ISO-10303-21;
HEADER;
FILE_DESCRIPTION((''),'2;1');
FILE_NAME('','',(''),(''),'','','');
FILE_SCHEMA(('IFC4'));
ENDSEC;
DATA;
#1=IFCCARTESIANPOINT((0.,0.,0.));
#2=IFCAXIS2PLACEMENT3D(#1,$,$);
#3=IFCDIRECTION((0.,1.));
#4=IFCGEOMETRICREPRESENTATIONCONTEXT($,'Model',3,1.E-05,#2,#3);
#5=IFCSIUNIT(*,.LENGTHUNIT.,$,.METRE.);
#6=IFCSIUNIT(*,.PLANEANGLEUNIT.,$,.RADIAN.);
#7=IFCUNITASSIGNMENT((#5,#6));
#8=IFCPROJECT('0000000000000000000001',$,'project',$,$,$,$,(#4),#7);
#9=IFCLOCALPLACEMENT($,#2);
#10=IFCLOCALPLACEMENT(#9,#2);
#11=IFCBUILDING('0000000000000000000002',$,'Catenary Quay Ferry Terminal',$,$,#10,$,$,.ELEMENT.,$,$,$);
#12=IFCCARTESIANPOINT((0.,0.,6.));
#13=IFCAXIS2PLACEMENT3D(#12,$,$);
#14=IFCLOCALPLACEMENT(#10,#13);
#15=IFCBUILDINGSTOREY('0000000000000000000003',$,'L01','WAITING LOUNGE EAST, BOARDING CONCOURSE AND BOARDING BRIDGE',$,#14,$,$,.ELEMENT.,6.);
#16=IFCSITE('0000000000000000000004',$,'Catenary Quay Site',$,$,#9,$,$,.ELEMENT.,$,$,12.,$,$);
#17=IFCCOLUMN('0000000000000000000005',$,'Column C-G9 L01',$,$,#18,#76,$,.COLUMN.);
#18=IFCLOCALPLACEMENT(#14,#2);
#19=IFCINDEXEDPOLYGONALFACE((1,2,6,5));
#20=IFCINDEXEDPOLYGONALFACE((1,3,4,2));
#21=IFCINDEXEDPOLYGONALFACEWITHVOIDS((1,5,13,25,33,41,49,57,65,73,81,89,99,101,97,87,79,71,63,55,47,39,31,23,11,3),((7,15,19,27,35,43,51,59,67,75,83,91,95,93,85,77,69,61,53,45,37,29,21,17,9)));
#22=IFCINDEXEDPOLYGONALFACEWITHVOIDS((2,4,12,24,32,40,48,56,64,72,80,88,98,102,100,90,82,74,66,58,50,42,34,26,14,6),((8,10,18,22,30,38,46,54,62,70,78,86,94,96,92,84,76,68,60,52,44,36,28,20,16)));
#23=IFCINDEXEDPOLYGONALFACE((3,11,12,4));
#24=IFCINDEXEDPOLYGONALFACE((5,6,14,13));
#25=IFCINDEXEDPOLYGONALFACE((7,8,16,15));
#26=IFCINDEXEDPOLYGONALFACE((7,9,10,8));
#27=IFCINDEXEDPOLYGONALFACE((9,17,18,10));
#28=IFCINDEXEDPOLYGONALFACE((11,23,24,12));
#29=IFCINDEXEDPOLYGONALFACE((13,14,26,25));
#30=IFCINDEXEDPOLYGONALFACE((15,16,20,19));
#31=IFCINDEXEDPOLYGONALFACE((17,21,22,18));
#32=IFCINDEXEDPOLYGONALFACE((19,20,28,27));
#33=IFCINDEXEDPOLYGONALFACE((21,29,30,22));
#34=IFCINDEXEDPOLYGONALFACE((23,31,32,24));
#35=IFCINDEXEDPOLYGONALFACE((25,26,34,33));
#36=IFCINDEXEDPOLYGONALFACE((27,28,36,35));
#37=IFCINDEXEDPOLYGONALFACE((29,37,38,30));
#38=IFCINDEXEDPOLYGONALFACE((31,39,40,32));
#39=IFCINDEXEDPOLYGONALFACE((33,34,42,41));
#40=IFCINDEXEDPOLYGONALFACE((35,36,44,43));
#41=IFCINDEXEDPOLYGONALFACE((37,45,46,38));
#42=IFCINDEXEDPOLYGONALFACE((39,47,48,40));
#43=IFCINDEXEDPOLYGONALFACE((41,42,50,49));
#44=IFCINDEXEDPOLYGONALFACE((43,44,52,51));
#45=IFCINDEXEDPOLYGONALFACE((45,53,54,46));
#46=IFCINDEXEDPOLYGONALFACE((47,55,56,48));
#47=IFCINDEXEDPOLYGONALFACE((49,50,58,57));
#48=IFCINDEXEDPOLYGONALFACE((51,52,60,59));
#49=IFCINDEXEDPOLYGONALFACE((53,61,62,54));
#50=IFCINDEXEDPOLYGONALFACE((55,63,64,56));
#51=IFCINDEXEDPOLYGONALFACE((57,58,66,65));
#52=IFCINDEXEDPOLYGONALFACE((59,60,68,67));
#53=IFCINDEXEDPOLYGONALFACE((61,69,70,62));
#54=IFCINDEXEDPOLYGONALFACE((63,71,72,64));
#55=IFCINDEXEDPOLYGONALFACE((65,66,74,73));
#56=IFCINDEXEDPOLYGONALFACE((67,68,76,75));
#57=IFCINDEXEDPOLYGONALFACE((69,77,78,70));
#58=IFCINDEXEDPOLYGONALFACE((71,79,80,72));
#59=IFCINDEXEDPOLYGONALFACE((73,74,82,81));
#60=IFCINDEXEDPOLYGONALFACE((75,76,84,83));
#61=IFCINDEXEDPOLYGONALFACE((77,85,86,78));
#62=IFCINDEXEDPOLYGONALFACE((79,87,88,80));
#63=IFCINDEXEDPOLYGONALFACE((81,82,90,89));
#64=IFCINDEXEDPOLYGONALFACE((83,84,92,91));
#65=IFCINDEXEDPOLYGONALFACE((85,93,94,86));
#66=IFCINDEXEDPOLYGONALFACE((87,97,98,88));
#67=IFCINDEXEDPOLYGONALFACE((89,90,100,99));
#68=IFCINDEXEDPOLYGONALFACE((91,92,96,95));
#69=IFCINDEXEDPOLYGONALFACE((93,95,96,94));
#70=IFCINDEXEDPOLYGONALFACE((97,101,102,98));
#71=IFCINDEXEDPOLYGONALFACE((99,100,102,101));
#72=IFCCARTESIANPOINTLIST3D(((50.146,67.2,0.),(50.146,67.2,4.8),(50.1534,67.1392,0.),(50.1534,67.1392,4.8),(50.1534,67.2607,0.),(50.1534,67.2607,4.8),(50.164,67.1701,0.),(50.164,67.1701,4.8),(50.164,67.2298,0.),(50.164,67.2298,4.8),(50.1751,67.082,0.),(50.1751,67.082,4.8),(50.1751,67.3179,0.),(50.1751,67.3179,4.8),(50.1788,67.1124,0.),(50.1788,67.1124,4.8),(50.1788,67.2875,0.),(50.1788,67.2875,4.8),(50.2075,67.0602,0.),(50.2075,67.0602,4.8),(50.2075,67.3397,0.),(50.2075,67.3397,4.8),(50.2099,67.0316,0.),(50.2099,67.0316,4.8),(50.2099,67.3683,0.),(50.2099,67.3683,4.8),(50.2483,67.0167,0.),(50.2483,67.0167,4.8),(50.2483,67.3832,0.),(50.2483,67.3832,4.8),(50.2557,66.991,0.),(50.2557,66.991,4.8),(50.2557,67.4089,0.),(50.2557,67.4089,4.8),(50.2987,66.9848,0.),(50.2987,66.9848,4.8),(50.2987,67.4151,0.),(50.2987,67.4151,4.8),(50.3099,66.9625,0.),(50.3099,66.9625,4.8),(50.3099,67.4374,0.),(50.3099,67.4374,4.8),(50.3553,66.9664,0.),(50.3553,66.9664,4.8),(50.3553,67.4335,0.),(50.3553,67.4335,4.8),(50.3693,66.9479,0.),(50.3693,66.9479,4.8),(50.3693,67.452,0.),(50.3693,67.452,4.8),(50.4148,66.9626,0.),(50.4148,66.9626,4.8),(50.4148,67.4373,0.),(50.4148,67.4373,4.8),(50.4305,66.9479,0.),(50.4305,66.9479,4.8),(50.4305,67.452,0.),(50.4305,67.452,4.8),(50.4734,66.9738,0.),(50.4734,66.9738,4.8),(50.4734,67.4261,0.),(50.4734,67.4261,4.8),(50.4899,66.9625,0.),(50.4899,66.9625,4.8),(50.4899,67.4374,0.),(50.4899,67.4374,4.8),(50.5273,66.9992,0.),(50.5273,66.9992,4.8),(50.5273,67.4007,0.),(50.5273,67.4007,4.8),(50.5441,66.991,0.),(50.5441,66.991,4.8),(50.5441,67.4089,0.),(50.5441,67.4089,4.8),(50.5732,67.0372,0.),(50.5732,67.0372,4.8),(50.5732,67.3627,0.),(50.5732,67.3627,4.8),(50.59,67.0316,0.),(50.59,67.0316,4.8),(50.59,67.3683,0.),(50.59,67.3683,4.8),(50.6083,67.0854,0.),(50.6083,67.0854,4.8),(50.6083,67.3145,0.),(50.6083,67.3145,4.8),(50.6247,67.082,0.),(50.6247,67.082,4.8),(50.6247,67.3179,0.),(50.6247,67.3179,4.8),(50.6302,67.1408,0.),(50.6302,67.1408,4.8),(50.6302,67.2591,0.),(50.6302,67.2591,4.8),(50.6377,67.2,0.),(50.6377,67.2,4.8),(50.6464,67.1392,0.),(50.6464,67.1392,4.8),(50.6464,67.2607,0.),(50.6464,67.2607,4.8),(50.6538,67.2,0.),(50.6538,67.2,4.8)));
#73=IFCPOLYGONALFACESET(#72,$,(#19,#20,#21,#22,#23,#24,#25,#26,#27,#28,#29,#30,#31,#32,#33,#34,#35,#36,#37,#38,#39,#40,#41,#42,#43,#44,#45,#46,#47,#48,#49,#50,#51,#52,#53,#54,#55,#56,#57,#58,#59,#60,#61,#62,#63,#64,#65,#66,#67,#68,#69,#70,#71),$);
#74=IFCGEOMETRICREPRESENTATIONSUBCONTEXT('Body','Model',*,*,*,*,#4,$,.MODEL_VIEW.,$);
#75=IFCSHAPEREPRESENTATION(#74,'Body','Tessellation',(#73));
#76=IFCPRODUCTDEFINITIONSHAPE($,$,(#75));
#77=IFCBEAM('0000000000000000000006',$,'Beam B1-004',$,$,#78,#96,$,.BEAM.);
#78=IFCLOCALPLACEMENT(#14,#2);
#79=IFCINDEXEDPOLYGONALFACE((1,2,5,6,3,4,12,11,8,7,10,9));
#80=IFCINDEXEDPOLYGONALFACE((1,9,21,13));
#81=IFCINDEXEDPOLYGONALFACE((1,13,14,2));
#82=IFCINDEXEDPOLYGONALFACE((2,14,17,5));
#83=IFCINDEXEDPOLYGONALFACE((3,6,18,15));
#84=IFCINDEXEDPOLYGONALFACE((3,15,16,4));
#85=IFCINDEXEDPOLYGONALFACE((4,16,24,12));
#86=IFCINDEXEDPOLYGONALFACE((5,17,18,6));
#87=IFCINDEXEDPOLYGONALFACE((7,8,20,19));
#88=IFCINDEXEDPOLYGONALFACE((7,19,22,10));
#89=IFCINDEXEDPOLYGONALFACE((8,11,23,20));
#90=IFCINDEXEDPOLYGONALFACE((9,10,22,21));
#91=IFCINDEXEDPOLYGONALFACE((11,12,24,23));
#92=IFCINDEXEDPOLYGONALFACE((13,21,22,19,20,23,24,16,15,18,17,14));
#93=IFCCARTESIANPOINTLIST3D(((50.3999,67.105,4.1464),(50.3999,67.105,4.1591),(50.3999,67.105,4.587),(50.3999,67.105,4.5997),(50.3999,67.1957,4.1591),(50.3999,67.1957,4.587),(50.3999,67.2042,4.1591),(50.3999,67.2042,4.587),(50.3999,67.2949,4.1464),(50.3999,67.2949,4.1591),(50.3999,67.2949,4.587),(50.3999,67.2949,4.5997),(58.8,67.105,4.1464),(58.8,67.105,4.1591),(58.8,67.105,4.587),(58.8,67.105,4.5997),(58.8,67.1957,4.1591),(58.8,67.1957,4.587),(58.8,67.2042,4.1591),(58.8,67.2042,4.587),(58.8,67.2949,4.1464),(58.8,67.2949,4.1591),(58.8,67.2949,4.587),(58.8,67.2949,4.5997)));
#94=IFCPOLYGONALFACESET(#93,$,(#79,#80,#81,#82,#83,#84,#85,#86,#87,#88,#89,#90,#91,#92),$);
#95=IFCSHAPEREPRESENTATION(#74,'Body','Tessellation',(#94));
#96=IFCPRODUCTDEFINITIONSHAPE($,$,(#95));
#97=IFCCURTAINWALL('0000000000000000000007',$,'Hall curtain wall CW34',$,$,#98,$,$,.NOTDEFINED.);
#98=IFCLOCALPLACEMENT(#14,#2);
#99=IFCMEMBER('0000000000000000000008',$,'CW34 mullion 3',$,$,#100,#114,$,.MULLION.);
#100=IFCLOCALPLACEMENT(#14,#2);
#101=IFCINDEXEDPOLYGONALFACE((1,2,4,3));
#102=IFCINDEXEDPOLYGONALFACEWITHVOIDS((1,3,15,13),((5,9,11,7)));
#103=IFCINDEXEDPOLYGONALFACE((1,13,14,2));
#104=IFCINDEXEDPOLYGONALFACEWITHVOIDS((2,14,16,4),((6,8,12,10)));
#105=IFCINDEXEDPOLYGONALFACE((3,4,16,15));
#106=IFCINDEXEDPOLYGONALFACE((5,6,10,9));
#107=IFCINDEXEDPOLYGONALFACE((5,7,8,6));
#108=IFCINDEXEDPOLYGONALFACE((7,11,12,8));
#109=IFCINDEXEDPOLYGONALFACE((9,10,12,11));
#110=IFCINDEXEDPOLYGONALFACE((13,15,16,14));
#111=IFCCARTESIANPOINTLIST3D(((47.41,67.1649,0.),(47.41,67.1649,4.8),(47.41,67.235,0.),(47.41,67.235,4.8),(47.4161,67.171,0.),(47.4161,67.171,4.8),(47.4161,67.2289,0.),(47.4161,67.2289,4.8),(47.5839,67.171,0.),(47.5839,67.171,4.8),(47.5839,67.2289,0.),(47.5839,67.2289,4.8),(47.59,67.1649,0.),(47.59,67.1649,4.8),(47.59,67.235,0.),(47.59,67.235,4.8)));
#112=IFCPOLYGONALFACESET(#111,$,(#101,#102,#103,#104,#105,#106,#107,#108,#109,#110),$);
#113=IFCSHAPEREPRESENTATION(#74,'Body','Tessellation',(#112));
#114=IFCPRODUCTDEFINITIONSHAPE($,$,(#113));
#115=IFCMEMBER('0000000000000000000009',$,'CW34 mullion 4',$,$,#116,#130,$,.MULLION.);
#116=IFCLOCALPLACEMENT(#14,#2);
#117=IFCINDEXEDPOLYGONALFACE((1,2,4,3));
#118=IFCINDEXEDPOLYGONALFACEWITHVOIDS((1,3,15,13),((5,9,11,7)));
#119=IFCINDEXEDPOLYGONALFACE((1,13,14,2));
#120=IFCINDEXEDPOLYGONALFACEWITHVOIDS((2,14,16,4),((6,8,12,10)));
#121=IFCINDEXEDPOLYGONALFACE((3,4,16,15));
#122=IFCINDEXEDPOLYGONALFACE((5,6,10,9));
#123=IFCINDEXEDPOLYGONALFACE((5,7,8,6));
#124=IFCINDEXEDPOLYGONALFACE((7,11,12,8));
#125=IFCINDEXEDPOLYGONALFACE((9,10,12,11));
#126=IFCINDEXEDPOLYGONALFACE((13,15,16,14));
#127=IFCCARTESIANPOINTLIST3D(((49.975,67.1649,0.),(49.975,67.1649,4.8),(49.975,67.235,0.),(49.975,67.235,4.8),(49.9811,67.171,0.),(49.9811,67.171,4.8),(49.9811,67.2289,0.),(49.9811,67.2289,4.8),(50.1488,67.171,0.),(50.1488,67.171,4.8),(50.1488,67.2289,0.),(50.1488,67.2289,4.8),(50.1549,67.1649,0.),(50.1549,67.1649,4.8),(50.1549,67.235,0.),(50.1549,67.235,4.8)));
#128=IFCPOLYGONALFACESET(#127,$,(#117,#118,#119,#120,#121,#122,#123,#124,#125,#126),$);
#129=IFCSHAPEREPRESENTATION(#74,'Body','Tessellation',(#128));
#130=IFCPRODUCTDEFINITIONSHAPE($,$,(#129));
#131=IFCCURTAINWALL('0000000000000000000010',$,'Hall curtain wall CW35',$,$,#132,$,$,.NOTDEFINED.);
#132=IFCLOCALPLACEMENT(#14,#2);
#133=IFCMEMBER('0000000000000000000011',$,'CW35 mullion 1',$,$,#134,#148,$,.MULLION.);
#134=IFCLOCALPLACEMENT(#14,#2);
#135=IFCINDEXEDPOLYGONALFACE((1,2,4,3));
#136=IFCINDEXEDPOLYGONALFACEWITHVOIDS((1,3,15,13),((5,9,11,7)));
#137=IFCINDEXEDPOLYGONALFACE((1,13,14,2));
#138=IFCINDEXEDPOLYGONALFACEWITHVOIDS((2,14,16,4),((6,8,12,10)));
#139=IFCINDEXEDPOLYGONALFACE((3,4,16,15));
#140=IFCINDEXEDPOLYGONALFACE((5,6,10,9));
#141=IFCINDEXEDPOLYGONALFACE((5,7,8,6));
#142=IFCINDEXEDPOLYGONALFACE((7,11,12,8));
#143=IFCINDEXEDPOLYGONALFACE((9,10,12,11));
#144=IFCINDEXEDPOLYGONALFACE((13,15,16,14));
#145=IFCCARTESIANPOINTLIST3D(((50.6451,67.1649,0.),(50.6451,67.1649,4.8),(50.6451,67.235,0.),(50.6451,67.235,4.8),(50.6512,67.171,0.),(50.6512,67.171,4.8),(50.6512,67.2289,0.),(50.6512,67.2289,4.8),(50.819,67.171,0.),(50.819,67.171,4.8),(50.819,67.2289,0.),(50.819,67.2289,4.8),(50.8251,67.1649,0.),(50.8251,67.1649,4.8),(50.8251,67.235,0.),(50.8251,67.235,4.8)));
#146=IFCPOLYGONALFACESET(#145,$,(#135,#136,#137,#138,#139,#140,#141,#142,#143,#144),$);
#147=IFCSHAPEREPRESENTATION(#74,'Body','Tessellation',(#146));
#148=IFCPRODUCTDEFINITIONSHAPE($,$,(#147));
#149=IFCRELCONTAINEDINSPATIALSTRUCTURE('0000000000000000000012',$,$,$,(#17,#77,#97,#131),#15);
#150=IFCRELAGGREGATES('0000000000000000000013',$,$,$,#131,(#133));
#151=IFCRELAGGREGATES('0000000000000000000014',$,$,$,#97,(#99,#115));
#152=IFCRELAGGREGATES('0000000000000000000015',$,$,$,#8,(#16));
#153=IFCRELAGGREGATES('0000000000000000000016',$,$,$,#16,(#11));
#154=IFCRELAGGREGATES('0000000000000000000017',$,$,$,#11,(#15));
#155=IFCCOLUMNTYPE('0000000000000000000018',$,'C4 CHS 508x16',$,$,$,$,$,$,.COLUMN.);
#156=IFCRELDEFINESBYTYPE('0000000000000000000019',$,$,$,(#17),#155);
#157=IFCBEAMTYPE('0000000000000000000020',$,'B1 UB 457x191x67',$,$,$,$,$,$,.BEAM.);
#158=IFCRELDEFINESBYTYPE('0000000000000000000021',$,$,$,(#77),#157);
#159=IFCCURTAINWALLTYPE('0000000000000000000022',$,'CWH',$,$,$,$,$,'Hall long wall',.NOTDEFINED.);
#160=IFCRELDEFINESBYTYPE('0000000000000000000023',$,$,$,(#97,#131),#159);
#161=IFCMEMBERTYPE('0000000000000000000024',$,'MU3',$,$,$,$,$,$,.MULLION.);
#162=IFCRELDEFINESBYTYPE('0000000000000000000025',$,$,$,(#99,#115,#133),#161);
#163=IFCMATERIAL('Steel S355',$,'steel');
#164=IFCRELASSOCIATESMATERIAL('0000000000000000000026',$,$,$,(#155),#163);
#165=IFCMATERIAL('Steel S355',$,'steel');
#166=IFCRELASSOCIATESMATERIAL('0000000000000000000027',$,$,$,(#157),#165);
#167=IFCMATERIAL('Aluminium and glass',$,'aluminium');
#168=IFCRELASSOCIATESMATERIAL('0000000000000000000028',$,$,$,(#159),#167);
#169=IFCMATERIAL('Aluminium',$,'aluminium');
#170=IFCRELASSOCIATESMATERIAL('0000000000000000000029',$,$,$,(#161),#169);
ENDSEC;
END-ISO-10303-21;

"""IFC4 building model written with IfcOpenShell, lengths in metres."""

from ifc_helpers import new_model, si_unit, direction, frame, origin, origin_2d, place, context, subcontext, project, spatial, hollow_rectangle, hollow_circle, i_section, extrude, material, material_profile, profile_set, type_object, element, aggregate, save


model = new_model("IFC4")

# Units and contexts
model_context = context("Model", 3, precision=1e-05, world=origin(), true_north=direction((0.0, 1.0)))
body_context = subcontext(model_context, "Body", "Model", "MODEL_VIEW")
ifc_project = project(units=[si_unit("LENGTHUNIT", "METRE"), si_unit("PLANEANGLEUNIT", "RADIAN")], contexts=[model_context])

# Site, building, storey
site_placement = place(None, origin())
site = spatial("IfcSite", under=ifc_project, at=site_placement, Name="Catenary Quay Site", CompositionType="ELEMENT", RefElevation=12.0)
building_placement = place(site_placement, origin())
building = spatial("IfcBuilding", under=site, at=building_placement, Name="Catenary Quay Ferry Terminal", CompositionType="ELEMENT")
storey_placement = place(building_placement, frame((0.0, 0.0, 6.0)))
storey = spatial("IfcBuildingStorey", under=building, at=storey_placement, Name="L01", Description="WAITING LOUNGE EAST, BOARDING CONCOURSE AND BOARDING BRIDGE", CompositionType="ELEMENT", Elevation=6.0)

# Column
ifc_material_1 = material(Name="Steel S355", Category="steel")
ifc_material_profile_1 = material_profile(ifc_material_1, hollow_circle(Radius=0.2539, WallThickness=0.0161, at=origin_2d()), Name="CHS 508x16")
ifc_profile_set_1 = profile_set([ifc_material_profile_1], Name="Steel S355")
column_type = type_object("IfcColumnType", Name="C4 CHS 508x16", PredefinedType="COLUMN", material=ifc_profile_set_1)
column_placement = place(storey_placement, frame((50.3999, 67.2, 0.0), z_axis=(0.0, 0.0, 1.0), x_axis=(1.0, 0.0, 0.0)))
element("IfcColumn", 1, at=column_placement, inside=storey, type_object=column_type, Name="Column C-G9 L01", PredefinedType="COLUMN", context=body_context, shape_type="SweptSolid", body=[
    extrude(hollow_circle(Radius=0.2539, WallThickness=0.0161, at=origin_2d()), origin(), (0.0, 0.0, 1.0), 4.8),
])

# Beam
ifc_material_2 = material(Name="Steel S355", Category="steel")
ifc_material_profile_2 = material_profile(ifc_material_2, i_section(OverallWidth=0.1899, OverallDepth=0.4534, WebThickness=0.0085, FlangeThickness=0.0127, at=origin_2d()), Name="UB 457x191x67")
ifc_profile_set_2 = profile_set([ifc_material_profile_2], Name="Steel S355")
beam_type_1 = type_object("IfcBeamType", Name="B1 UB 457x191x67", PredefinedType="BEAM", material=ifc_profile_set_2)
beam_1_placement = place(storey_placement, frame((50.3999, 67.2, 4.373), z_axis=(1.0, 0.0, 0.0), x_axis=(0.0, 1.0, 0.0)))
element("IfcBeam", 2, at=beam_1_placement, inside=storey, type_object=beam_type_1, Name="Beam B1-004", PredefinedType="BEAM", context=body_context, shape_type="SweptSolid", body=[
    extrude(i_section(OverallWidth=0.1899, OverallDepth=0.4534, WebThickness=0.0085, FlangeThickness=0.0127, at=origin_2d()), origin(), (0.0, 0.0, 1.0), 8.4001),
])

# Curtain wall, members
ifc_material_3 = material(Name="Aluminium and glass", Category="aluminium")
curtain_wall_type = type_object("IfcCurtainWallType", Name="CWH", ElementType="Hall long wall", PredefinedType="NOTDEFINED", material=ifc_material_3)
curtain_wall_1_placement = place(storey_placement, origin())
curtain_wall_1 = element("IfcCurtainWall", 3, at=curtain_wall_1_placement, inside=storey, type_object=curtain_wall_type, Name="Hall curtain wall CW34", PredefinedType="NOTDEFINED")
ifc_material_4 = material(Name="Aluminium", Category="aluminium")
ifc_material_profile_3 = material_profile(ifc_material_4, hollow_rectangle(XDim=0.0701, YDim=0.1799, WallThickness=0.0061, at=origin_2d()), Name="MU3")
ifc_profile_set_3 = profile_set([ifc_material_profile_3], Name="Aluminium")
member_type_1 = type_object("IfcMemberType", Name="MU3", PredefinedType="MULLION", material=ifc_profile_set_3)
member_1_placement = place(storey_placement, frame((47.5, 67.2, 0.0), z_axis=(0.0, 0.0, 1.0), x_axis=(0.0, 1.0, 0.0)))
member_1 = element("IfcMember", 4, at=member_1_placement, type_object=member_type_1, Name="CW34 mullion 3", PredefinedType="MULLION", context=body_context, shape_type="SweptSolid", body=[
    extrude(hollow_rectangle(XDim=0.0701, YDim=0.1799, WallThickness=0.0061, at=origin_2d()), origin(), (0.0, 0.0, 1.0), 4.8),
])
member_2_placement = place(storey_placement, frame((50.0649, 67.2, 0.0), z_axis=(0.0, 0.0, 1.0), x_axis=(0.0, 1.0, 0.0)))
member_2 = element("IfcMember", 5, at=member_2_placement, type_object=member_type_1, Name="CW34 mullion 4", PredefinedType="MULLION", context=body_context, shape_type="SweptSolid", body=[
    extrude(hollow_rectangle(XDim=0.0701, YDim=0.1799, WallThickness=0.0061, at=origin_2d()), origin(), (0.0, 0.0, 1.0), 4.8),
])

# Curtain wall, member
curtain_wall_2_placement = place(storey_placement, origin())
curtain_wall_2 = element("IfcCurtainWall", 6, at=curtain_wall_2_placement, inside=storey, type_object=curtain_wall_type, Name="Hall curtain wall CW35", PredefinedType="NOTDEFINED")
member_3_placement = place(storey_placement, frame((50.7351, 67.2, 0.0), z_axis=(0.0, 0.0, 1.0), x_axis=(0.0, 1.0, 0.0)))
member_3 = element("IfcMember", 7, at=member_3_placement, type_object=member_type_1, Name="CW35 mullion 1", PredefinedType="MULLION", context=body_context, shape_type="SweptSolid", body=[
    extrude(hollow_rectangle(XDim=0.0701, YDim=0.1799, WallThickness=0.0061, at=origin_2d()), origin(), (0.0, 0.0, 1.0), 4.8),
])

aggregate(curtain_wall_2, [member_3])

aggregate(curtain_wall_1, [member_1, member_2])

save(model, "model.ifc")
